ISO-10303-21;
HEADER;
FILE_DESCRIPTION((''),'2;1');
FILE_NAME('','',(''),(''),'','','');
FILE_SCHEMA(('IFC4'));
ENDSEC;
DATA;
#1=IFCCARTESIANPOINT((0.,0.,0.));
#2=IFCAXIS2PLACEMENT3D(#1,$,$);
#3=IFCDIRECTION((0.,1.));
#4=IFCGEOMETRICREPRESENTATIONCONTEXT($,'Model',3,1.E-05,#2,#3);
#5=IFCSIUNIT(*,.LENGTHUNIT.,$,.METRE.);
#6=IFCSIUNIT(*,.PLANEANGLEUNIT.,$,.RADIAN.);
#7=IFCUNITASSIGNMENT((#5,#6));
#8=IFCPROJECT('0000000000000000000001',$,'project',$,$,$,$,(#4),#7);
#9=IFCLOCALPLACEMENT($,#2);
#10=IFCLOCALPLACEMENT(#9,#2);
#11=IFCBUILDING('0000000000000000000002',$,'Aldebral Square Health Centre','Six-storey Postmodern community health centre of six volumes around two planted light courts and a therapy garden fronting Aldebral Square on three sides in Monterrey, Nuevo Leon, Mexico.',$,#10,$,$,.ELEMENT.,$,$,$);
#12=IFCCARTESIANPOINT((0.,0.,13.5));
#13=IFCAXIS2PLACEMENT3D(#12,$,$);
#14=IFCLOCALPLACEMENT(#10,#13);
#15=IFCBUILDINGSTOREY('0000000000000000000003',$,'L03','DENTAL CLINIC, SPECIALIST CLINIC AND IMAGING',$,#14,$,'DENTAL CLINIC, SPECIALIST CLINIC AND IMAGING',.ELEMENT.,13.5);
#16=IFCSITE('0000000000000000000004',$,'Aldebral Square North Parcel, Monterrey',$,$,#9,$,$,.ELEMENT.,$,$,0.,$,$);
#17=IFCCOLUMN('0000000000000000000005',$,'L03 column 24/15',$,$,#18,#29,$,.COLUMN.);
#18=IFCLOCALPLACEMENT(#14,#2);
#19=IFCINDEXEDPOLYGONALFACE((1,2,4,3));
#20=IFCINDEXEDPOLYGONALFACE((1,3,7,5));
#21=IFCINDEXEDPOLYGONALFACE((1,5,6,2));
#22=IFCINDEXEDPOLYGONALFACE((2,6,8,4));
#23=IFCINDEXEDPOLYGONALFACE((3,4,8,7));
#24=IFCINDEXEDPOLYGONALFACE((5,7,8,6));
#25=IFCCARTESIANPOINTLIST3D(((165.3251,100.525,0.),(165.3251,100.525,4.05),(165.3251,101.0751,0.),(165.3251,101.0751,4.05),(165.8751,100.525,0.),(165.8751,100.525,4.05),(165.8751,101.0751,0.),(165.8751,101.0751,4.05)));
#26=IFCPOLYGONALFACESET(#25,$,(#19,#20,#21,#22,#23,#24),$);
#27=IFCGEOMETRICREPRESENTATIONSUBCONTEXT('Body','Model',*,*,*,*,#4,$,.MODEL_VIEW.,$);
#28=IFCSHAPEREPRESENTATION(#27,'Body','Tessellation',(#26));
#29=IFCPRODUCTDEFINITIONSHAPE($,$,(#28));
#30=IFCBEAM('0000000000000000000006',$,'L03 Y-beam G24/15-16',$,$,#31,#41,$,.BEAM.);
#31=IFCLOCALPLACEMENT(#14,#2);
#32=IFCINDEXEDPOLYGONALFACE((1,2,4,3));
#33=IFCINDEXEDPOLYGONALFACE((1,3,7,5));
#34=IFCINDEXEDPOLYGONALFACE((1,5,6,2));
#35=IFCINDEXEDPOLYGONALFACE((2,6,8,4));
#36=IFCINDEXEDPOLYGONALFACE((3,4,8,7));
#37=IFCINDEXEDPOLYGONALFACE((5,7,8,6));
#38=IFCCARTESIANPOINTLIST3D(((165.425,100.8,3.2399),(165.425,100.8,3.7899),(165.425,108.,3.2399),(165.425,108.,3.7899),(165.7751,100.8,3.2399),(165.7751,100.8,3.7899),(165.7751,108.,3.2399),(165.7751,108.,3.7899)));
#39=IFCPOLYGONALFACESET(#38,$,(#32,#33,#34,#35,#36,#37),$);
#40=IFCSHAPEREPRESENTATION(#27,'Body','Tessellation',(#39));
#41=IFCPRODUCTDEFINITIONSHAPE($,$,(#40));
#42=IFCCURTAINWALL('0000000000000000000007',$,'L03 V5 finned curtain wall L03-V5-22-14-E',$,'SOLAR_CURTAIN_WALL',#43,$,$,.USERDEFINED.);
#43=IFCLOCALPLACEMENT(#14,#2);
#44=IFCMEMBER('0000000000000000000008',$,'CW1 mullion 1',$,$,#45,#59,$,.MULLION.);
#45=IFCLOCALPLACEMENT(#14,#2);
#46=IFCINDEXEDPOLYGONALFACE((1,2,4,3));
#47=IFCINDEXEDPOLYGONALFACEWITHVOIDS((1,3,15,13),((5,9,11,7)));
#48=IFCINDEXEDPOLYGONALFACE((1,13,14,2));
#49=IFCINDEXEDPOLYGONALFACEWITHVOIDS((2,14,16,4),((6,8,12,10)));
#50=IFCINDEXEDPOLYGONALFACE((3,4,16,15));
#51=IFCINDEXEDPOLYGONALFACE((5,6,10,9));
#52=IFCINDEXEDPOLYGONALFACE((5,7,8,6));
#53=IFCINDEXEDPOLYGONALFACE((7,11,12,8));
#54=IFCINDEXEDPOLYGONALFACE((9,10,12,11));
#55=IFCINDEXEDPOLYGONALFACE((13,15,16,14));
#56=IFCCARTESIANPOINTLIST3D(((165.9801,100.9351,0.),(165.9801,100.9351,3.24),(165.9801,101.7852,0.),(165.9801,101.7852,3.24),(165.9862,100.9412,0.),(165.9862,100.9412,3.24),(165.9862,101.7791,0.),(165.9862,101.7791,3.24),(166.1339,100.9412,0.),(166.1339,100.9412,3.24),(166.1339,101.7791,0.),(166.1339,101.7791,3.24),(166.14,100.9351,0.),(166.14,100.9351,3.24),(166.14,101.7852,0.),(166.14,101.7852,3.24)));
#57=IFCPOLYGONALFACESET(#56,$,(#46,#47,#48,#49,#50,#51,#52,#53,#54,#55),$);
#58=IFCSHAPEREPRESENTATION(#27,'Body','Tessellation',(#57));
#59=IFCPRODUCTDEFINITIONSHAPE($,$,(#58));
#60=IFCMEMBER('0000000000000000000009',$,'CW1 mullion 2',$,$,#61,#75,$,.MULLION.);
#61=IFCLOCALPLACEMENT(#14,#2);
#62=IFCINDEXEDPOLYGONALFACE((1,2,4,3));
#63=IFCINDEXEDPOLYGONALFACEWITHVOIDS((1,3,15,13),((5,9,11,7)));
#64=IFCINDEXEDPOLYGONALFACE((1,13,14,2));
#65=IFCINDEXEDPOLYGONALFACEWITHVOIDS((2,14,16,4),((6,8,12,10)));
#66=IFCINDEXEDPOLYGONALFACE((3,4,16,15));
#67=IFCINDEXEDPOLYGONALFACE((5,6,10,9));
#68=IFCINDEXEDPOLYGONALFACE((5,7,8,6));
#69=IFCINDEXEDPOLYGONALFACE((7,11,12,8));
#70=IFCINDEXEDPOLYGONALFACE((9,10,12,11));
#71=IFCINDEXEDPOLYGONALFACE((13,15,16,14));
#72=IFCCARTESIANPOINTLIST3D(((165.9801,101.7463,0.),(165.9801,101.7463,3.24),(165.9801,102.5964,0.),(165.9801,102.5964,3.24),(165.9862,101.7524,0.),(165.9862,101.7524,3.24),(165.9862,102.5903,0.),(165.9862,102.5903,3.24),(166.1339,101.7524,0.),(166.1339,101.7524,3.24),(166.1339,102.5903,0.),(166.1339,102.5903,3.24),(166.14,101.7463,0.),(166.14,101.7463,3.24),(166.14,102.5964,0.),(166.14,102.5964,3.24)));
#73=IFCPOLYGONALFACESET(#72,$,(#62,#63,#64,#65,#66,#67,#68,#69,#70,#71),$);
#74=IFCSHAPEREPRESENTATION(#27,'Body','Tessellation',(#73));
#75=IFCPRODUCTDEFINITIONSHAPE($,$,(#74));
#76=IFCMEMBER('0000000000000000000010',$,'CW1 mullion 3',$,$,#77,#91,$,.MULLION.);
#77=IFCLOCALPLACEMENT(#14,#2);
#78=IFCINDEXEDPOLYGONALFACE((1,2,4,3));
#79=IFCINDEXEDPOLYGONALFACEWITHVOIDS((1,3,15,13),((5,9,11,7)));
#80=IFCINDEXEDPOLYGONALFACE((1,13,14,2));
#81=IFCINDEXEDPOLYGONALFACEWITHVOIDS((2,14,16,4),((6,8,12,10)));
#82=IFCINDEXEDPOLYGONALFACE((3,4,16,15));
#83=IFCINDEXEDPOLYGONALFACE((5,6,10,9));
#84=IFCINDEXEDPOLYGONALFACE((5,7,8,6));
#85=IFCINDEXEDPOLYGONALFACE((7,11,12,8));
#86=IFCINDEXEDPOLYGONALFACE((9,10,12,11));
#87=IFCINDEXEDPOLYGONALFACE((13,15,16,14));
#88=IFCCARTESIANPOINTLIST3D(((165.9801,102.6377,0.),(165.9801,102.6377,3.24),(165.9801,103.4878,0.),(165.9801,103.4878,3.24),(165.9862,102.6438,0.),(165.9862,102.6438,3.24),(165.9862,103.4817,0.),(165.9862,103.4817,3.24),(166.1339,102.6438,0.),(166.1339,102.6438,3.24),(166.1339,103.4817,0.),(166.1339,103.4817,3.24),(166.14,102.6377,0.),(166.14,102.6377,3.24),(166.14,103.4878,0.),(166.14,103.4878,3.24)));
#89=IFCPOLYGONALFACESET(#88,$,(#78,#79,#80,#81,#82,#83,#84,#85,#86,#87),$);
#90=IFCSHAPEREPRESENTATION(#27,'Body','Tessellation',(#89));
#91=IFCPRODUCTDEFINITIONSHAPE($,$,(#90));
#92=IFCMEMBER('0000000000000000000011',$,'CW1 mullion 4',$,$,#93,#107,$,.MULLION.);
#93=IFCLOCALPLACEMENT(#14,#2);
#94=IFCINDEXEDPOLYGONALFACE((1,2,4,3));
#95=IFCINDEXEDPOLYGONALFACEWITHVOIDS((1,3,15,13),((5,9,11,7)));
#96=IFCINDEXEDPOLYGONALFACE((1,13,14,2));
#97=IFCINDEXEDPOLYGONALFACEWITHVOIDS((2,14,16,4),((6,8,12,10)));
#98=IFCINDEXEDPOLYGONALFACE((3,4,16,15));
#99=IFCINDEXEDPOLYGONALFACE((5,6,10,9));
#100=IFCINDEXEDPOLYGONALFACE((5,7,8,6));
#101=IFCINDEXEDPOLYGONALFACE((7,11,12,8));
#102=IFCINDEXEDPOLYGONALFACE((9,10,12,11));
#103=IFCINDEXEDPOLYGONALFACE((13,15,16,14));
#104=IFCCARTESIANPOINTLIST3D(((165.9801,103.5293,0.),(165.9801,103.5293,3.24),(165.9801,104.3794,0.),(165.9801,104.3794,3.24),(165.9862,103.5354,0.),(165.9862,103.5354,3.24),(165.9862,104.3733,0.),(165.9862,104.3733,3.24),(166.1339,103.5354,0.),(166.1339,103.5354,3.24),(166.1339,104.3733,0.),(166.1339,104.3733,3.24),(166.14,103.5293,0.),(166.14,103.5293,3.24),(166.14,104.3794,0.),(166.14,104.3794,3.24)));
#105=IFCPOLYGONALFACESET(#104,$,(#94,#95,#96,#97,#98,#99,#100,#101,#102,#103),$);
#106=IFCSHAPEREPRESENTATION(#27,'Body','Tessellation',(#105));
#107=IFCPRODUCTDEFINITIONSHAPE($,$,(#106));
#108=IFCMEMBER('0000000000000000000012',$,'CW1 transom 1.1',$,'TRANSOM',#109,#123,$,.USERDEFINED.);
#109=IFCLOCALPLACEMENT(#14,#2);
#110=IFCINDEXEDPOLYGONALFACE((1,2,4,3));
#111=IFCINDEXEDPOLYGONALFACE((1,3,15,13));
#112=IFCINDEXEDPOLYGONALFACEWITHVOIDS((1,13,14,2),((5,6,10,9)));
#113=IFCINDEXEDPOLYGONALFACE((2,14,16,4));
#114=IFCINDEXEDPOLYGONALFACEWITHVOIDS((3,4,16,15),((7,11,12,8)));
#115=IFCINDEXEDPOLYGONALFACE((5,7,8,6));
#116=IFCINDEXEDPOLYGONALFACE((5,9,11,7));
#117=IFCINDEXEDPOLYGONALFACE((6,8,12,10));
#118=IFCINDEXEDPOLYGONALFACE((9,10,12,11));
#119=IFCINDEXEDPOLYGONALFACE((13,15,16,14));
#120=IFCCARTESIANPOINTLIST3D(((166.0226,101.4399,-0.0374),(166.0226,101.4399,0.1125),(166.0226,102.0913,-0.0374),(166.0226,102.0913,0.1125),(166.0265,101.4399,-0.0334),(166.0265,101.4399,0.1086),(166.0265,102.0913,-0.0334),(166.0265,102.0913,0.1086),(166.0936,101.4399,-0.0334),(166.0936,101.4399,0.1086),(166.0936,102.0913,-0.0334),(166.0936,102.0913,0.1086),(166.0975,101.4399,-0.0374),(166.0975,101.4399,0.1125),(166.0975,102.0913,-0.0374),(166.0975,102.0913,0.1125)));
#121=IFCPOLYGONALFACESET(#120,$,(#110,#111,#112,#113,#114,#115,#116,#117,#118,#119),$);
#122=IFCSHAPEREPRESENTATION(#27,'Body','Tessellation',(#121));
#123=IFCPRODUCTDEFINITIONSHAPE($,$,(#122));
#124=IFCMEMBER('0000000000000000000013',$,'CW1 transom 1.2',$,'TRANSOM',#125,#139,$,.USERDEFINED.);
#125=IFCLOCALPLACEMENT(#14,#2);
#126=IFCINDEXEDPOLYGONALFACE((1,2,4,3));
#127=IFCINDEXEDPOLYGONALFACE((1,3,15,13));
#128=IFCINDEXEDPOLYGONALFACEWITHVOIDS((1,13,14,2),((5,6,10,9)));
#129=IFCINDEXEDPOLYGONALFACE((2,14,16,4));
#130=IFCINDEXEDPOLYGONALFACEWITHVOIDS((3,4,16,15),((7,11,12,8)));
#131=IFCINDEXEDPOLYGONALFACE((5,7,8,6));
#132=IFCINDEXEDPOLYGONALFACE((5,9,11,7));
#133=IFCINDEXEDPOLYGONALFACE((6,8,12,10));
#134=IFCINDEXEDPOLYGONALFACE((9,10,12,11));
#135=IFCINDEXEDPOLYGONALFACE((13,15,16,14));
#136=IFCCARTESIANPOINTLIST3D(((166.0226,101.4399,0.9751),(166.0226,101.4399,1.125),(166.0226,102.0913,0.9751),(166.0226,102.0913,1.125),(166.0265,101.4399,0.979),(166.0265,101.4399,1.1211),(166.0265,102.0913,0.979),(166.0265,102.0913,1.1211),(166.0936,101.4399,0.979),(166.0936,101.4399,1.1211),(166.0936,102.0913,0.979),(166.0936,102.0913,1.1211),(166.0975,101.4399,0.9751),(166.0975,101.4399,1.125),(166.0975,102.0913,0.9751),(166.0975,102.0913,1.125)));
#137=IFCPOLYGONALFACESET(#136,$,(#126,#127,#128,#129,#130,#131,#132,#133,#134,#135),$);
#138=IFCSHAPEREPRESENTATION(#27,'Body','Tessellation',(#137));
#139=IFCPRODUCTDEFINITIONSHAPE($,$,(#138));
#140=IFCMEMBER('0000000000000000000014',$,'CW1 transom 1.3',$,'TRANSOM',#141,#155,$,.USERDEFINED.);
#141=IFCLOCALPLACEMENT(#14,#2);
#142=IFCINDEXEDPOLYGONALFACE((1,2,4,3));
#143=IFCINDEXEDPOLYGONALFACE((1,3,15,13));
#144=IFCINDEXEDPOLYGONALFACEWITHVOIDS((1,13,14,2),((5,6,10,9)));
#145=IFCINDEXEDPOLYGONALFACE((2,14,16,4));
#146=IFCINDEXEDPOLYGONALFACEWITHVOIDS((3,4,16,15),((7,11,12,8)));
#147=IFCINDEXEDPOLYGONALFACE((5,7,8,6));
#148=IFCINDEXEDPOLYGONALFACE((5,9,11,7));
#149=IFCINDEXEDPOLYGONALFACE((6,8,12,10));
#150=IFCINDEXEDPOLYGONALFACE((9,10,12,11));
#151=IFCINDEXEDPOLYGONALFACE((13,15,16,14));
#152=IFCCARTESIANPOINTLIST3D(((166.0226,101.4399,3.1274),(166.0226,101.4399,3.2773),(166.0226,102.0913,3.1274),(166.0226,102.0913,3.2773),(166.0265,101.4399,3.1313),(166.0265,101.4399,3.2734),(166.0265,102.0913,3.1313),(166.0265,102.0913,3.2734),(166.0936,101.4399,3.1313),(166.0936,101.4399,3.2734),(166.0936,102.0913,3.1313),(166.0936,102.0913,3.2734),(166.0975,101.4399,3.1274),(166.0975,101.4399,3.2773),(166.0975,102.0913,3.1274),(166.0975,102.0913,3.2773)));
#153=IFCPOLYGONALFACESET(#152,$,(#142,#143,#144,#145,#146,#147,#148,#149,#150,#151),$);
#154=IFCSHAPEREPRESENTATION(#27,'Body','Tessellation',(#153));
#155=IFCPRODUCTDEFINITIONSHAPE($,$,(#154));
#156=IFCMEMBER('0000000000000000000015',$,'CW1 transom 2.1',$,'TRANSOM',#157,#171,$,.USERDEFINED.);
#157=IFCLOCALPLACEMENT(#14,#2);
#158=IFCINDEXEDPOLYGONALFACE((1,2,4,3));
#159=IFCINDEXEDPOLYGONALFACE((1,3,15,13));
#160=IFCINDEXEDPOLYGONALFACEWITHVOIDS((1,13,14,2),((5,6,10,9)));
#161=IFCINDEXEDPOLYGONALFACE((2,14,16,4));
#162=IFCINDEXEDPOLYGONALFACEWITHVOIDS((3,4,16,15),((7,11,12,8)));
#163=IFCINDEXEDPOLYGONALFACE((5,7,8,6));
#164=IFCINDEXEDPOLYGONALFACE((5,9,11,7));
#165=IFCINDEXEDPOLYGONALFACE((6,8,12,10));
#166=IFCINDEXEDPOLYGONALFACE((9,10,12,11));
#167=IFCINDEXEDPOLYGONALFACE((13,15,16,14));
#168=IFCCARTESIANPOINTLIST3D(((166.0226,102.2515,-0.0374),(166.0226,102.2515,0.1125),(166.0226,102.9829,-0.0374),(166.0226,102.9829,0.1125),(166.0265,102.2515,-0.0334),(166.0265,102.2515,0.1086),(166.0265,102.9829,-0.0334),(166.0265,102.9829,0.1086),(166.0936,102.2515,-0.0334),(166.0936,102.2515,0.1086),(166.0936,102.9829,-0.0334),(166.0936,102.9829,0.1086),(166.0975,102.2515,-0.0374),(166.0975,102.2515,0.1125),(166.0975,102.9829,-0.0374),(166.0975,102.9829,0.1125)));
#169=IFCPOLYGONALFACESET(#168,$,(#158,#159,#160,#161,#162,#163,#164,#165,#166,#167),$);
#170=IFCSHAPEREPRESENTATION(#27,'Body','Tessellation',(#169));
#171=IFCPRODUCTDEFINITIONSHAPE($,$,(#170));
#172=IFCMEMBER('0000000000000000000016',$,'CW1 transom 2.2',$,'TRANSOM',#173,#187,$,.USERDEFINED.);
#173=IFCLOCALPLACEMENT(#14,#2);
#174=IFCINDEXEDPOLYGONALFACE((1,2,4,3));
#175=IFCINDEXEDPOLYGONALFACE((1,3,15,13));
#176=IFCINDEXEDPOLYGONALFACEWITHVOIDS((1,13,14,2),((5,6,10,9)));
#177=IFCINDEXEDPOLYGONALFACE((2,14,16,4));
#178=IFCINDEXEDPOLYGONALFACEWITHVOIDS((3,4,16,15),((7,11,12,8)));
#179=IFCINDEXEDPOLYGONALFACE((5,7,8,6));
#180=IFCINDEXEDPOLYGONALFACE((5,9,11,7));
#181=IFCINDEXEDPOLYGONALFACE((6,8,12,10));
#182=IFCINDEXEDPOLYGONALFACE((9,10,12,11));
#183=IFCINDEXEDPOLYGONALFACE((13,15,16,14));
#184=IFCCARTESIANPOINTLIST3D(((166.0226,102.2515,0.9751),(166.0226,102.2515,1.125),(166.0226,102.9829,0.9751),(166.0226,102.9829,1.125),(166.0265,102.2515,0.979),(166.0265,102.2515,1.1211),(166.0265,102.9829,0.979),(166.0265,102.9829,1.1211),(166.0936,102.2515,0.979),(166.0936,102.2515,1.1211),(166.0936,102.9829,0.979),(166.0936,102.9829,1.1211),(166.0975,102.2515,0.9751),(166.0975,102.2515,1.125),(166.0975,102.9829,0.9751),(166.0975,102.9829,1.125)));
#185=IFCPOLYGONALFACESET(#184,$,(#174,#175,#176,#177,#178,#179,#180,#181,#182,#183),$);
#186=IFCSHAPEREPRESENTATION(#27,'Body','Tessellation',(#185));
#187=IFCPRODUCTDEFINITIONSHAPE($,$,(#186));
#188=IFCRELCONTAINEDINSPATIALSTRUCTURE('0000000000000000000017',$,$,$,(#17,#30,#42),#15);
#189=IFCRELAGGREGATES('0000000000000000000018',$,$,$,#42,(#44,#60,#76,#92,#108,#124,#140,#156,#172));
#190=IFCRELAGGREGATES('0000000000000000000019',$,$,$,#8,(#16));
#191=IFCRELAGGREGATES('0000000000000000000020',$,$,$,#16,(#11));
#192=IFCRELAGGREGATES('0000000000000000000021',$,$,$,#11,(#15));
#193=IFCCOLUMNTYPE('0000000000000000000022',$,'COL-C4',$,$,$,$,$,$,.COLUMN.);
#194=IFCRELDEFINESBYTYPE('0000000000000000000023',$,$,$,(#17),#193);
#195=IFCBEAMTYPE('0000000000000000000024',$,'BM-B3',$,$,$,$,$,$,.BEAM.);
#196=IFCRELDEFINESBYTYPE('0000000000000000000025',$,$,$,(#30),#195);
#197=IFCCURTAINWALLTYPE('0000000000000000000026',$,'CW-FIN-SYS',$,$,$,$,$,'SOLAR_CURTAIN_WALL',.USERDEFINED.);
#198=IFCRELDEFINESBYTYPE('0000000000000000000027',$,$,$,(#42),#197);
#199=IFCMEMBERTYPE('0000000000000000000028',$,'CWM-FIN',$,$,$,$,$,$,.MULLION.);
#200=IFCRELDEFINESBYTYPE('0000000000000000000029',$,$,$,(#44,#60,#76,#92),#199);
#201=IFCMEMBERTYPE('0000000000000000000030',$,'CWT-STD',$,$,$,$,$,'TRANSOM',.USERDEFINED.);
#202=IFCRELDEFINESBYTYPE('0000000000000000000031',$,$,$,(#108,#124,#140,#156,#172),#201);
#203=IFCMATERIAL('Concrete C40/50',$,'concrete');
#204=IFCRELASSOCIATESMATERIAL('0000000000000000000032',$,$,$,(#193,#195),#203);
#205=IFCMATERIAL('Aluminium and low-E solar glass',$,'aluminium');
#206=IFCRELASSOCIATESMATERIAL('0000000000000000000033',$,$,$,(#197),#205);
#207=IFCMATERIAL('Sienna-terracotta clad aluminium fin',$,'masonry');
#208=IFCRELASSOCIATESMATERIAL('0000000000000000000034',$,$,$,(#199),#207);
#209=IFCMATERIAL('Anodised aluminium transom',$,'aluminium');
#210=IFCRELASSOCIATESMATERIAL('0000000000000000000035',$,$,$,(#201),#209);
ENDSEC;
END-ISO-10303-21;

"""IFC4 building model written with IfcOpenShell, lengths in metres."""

from ifc_helpers import new_model, si_unit, direction, frame, origin, origin_2d, place, context, subcontext, project, spatial, rectangle, hollow_rectangle, extrude, material, material_profile, profile_set, type_object, element, aggregate, save


model = new_model("IFC4")

# Units and contexts
model_context = context("Model", 3, precision=1e-05, world=origin(), true_north=direction((0.0, 1.0)))
body_context = subcontext(model_context, "Body", "Model", "MODEL_VIEW")
ifc_project = project(units=[si_unit("LENGTHUNIT", "METRE"), si_unit("PLANEANGLEUNIT", "RADIAN")], contexts=[model_context])

# Site, building, storey
site_placement = place(None, origin())
site = spatial("IfcSite", under=ifc_project, at=site_placement, Name="Aldebral Square North Parcel, Monterrey", CompositionType="ELEMENT", RefElevation=0.0)
building_placement = place(site_placement, origin())
building = spatial("IfcBuilding", under=site, at=building_placement, Name="Aldebral Square Health Centre", Description="Six-storey Postmodern community health centre of six volumes around two planted light courts and a therapy garden fronting Aldebral Square on three sides in Monterrey, Nuevo Leon, Mexico.", CompositionType="ELEMENT")
storey_placement = place(building_placement, frame((0.0, 0.0, 13.5)))
storey = spatial("IfcBuildingStorey", under=building, at=storey_placement, Name="L03", Description="DENTAL CLINIC, SPECIALIST CLINIC AND IMAGING", LongName="DENTAL CLINIC, SPECIALIST CLINIC AND IMAGING", CompositionType="ELEMENT", Elevation=13.5)

# Column
ifc_material_1 = material(Name="Concrete C40/50", Category="concrete")
ifc_material_profile_1 = material_profile(ifc_material_1, rectangle(XDim=0.55, YDim=0.55, at=origin_2d()), Name="RC 550x550")
ifc_profile_set_1 = profile_set([ifc_material_profile_1], Name="Concrete C40/50")
column_type = type_object("IfcColumnType", Name="COL-C4", PredefinedType="COLUMN", material=ifc_profile_set_1)
column_placement = place(storey_placement, frame((165.6001, 100.8, 0.0), z_axis=(0.0, 0.0, 1.0), x_axis=(1.0, 0.0, 0.0)))
element("IfcColumn", 1, at=column_placement, inside=storey, type_object=column_type, Name="L03 column 24/15", PredefinedType="COLUMN", context=body_context, shape_type="SweptSolid", body=[
    extrude(rectangle(XDim=0.55, YDim=0.55, at=origin_2d()), origin(), (0.0, 0.0, 1.0), 4.05),
])

# Beam
ifc_material_profile_2 = material_profile(ifc_material_1, rectangle(XDim=0.3501, YDim=0.55, at=origin_2d()), Name="RC 350x550")
ifc_profile_set_2 = profile_set([ifc_material_profile_2], Name="Concrete C40/50")
beam_type = type_object("IfcBeamType", Name="BM-B3", PredefinedType="BEAM", material=ifc_profile_set_2)
beam_placement = place(storey_placement, frame((165.6001, 100.8, 3.5149), z_axis=(0.0, 1.0, 0.0), x_axis=(-1.0, 0.0, 0.0)))
element("IfcBeam", 2, at=beam_placement, inside=storey, type_object=beam_type, Name="L03 Y-beam G24/15-16", PredefinedType="BEAM", context=body_context, shape_type="SweptSolid", body=[
    extrude(rectangle(XDim=0.3501, YDim=0.55, at=origin_2d()), origin(), (0.0, 0.0, 1.0), 7.2),
])

# Curtain wall, members
ifc_material_2 = material(Name="Aluminium and low-E solar glass", Category="aluminium")
curtain_wall_type = type_object("IfcCurtainWallType", Name="CW-FIN-SYS", ElementType="SOLAR_CURTAIN_WALL", PredefinedType="USERDEFINED", material=ifc_material_2)
curtain_wall_placement = place(storey_placement, origin())
curtain_wall = element("IfcCurtainWall", 3, at=curtain_wall_placement, inside=storey, type_object=curtain_wall_type, Name="L03 V5 finned curtain wall L03-V5-22-14-E", ObjectType="SOLAR_CURTAIN_WALL", PredefinedType="USERDEFINED")
ifc_material_3 = material(Name="Sienna-terracotta clad aluminium fin", Category="masonry")
ifc_material_profile_3 = material_profile(ifc_material_3, hollow_rectangle(XDim=0.1599, YDim=0.8501, WallThickness=0.0061, at=origin_2d()), Name="FIN 160x850x6")
ifc_profile_set_3 = profile_set([ifc_material_profile_3], Name="Sienna-terracotta clad aluminium fin")
member_type_1 = type_object("IfcMemberType", Name="CWM-FIN", PredefinedType="MULLION", material=ifc_profile_set_3)
member_1_placement = place(storey_placement, frame((166.0601, 101.3601, 0.0), z_axis=(0.0, 0.0, 1.0), x_axis=(-1.0, 0.0, 0.0)))
member_1 = element("IfcMember", 4, at=member_1_placement, type_object=member_type_1, Name="CW1 mullion 1", PredefinedType="MULLION", context=body_context, shape_type="SweptSolid", body=[
    extrude(hollow_rectangle(XDim=0.1599, YDim=0.8501, WallThickness=0.0061, at=origin_2d()), origin(), (0.0, 0.0, 1.0), 3.24),
])
member_2_placement = place(storey_placement, frame((166.0601, 102.1714, 0.0), z_axis=(0.0, 0.0, 1.0), x_axis=(-1.0, 0.0, 0.0)))
member_2 = element("IfcMember", 5, at=member_2_placement, type_object=member_type_1, Name="CW1 mullion 2", PredefinedType="MULLION", context=body_context, shape_type="SweptSolid", body=[
    extrude(hollow_rectangle(XDim=0.1599, YDim=0.8501, WallThickness=0.0061, at=origin_2d()), origin(), (0.0, 0.0, 1.0), 3.24),
])
member_3_placement = place(storey_placement, frame((166.0601, 103.0627, 0.0), z_axis=(0.0, 0.0, 1.0), x_axis=(-1.0, 0.0, 0.0)))
member_3 = element("IfcMember", 6, at=member_3_placement, type_object=member_type_1, Name="CW1 mullion 3", PredefinedType="MULLION", context=body_context, shape_type="SweptSolid", body=[
    extrude(hollow_rectangle(XDim=0.1599, YDim=0.8501, WallThickness=0.0061, at=origin_2d()), origin(), (0.0, 0.0, 1.0), 3.24),
])
member_4_placement = place(storey_placement, frame((166.0601, 103.9543, 0.0), z_axis=(0.0, 0.0, 1.0), x_axis=(-1.0, 0.0, 0.0)))
member_4 = element("IfcMember", 7, at=member_4_placement, type_object=member_type_1, Name="CW1 mullion 4", PredefinedType="MULLION", context=body_context, shape_type="SweptSolid", body=[
    extrude(hollow_rectangle(XDim=0.1599, YDim=0.8501, WallThickness=0.0061, at=origin_2d()), origin(), (0.0, 0.0, 1.0), 3.24),
])
ifc_material_4 = material(Name="Anodised aluminium transom", Category="aluminium")
ifc_material_profile_4 = material_profile(ifc_material_4, hollow_rectangle(XDim=0.075, YDim=0.1499, WallThickness=0.0039, at=origin_2d()), Name="CWT 75x150x4")
ifc_profile_set_4 = profile_set([ifc_material_profile_4], Name="Anodised aluminium transom")
member_type_2 = type_object("IfcMemberType", Name="CWT-STD", ElementType="TRANSOM", PredefinedType="USERDEFINED", material=ifc_profile_set_4)
member_5_placement = place(storey_placement, frame((166.0601, 101.4399, 0.0376), z_axis=(0.0, 1.0, 0.0), x_axis=(-1.0, 0.0, 0.0)))
member_5 = element("IfcMember", 8, at=member_5_placement, type_object=member_type_2, Name="CW1 transom 1.1", ObjectType="TRANSOM", PredefinedType="USERDEFINED", context=body_context, shape_type="SweptSolid", body=[
    extrude(hollow_rectangle(XDim=0.075, YDim=0.1499, WallThickness=0.0039, at=origin_2d()), origin(), (0.0, 0.0, 1.0), 0.6514),
])
member_6_placement = place(storey_placement, frame((166.0601, 101.4399, 1.05), z_axis=(0.0, 1.0, 0.0), x_axis=(-1.0, 0.0, 0.0)))
member_6 = element("IfcMember", 9, at=member_6_placement, type_object=member_type_2, Name="CW1 transom 1.2", ObjectType="TRANSOM", PredefinedType="USERDEFINED", context=body_context, shape_type="SweptSolid", body=[
    extrude(hollow_rectangle(XDim=0.075, YDim=0.1499, WallThickness=0.0039, at=origin_2d()), origin(), (0.0, 0.0, 1.0), 0.6514),
])
member_7_placement = place(storey_placement, frame((166.0601, 101.4399, 3.2024), z_axis=(0.0, 1.0, 0.0), x_axis=(-1.0, 0.0, 0.0)))
member_7 = element("IfcMember", 10, at=member_7_placement, type_object=member_type_2, Name="CW1 transom 1.3", ObjectType="TRANSOM", PredefinedType="USERDEFINED", context=body_context, shape_type="SweptSolid", body=[
    extrude(hollow_rectangle(XDim=0.075, YDim=0.1499, WallThickness=0.0039, at=origin_2d()), origin(), (0.0, 0.0, 1.0), 0.6514),
])
member_8_placement = place(storey_placement, frame((166.0601, 102.2515, 0.0376), z_axis=(0.0, 1.0, 0.0), x_axis=(-1.0, 0.0, 0.0)))
member_8 = element("IfcMember", 11, at=member_8_placement, type_object=member_type_2, Name="CW1 transom 2.1", ObjectType="TRANSOM", PredefinedType="USERDEFINED", context=body_context, shape_type="SweptSolid", body=[
    extrude(hollow_rectangle(XDim=0.075, YDim=0.1499, WallThickness=0.0039, at=origin_2d()), origin(), (0.0, 0.0, 1.0), 0.7314),
])
member_9_placement = place(storey_placement, frame((166.0601, 102.2515, 1.05), z_axis=(0.0, 1.0, 0.0), x_axis=(-1.0, 0.0, 0.0)))
member_9 = element("IfcMember", 12, at=member_9_placement, type_object=member_type_2, Name="CW1 transom 2.2", ObjectType="TRANSOM", PredefinedType="USERDEFINED", context=body_context, shape_type="SweptSolid", body=[
    extrude(hollow_rectangle(XDim=0.075, YDim=0.1499, WallThickness=0.0039, at=origin_2d()), origin(), (0.0, 0.0, 1.0), 0.7314),
])
aggregate(curtain_wall, [member_1, member_2, member_3, member_4, member_5, member_6, member_7, member_8, member_9])

save(model, "model.ifc")
